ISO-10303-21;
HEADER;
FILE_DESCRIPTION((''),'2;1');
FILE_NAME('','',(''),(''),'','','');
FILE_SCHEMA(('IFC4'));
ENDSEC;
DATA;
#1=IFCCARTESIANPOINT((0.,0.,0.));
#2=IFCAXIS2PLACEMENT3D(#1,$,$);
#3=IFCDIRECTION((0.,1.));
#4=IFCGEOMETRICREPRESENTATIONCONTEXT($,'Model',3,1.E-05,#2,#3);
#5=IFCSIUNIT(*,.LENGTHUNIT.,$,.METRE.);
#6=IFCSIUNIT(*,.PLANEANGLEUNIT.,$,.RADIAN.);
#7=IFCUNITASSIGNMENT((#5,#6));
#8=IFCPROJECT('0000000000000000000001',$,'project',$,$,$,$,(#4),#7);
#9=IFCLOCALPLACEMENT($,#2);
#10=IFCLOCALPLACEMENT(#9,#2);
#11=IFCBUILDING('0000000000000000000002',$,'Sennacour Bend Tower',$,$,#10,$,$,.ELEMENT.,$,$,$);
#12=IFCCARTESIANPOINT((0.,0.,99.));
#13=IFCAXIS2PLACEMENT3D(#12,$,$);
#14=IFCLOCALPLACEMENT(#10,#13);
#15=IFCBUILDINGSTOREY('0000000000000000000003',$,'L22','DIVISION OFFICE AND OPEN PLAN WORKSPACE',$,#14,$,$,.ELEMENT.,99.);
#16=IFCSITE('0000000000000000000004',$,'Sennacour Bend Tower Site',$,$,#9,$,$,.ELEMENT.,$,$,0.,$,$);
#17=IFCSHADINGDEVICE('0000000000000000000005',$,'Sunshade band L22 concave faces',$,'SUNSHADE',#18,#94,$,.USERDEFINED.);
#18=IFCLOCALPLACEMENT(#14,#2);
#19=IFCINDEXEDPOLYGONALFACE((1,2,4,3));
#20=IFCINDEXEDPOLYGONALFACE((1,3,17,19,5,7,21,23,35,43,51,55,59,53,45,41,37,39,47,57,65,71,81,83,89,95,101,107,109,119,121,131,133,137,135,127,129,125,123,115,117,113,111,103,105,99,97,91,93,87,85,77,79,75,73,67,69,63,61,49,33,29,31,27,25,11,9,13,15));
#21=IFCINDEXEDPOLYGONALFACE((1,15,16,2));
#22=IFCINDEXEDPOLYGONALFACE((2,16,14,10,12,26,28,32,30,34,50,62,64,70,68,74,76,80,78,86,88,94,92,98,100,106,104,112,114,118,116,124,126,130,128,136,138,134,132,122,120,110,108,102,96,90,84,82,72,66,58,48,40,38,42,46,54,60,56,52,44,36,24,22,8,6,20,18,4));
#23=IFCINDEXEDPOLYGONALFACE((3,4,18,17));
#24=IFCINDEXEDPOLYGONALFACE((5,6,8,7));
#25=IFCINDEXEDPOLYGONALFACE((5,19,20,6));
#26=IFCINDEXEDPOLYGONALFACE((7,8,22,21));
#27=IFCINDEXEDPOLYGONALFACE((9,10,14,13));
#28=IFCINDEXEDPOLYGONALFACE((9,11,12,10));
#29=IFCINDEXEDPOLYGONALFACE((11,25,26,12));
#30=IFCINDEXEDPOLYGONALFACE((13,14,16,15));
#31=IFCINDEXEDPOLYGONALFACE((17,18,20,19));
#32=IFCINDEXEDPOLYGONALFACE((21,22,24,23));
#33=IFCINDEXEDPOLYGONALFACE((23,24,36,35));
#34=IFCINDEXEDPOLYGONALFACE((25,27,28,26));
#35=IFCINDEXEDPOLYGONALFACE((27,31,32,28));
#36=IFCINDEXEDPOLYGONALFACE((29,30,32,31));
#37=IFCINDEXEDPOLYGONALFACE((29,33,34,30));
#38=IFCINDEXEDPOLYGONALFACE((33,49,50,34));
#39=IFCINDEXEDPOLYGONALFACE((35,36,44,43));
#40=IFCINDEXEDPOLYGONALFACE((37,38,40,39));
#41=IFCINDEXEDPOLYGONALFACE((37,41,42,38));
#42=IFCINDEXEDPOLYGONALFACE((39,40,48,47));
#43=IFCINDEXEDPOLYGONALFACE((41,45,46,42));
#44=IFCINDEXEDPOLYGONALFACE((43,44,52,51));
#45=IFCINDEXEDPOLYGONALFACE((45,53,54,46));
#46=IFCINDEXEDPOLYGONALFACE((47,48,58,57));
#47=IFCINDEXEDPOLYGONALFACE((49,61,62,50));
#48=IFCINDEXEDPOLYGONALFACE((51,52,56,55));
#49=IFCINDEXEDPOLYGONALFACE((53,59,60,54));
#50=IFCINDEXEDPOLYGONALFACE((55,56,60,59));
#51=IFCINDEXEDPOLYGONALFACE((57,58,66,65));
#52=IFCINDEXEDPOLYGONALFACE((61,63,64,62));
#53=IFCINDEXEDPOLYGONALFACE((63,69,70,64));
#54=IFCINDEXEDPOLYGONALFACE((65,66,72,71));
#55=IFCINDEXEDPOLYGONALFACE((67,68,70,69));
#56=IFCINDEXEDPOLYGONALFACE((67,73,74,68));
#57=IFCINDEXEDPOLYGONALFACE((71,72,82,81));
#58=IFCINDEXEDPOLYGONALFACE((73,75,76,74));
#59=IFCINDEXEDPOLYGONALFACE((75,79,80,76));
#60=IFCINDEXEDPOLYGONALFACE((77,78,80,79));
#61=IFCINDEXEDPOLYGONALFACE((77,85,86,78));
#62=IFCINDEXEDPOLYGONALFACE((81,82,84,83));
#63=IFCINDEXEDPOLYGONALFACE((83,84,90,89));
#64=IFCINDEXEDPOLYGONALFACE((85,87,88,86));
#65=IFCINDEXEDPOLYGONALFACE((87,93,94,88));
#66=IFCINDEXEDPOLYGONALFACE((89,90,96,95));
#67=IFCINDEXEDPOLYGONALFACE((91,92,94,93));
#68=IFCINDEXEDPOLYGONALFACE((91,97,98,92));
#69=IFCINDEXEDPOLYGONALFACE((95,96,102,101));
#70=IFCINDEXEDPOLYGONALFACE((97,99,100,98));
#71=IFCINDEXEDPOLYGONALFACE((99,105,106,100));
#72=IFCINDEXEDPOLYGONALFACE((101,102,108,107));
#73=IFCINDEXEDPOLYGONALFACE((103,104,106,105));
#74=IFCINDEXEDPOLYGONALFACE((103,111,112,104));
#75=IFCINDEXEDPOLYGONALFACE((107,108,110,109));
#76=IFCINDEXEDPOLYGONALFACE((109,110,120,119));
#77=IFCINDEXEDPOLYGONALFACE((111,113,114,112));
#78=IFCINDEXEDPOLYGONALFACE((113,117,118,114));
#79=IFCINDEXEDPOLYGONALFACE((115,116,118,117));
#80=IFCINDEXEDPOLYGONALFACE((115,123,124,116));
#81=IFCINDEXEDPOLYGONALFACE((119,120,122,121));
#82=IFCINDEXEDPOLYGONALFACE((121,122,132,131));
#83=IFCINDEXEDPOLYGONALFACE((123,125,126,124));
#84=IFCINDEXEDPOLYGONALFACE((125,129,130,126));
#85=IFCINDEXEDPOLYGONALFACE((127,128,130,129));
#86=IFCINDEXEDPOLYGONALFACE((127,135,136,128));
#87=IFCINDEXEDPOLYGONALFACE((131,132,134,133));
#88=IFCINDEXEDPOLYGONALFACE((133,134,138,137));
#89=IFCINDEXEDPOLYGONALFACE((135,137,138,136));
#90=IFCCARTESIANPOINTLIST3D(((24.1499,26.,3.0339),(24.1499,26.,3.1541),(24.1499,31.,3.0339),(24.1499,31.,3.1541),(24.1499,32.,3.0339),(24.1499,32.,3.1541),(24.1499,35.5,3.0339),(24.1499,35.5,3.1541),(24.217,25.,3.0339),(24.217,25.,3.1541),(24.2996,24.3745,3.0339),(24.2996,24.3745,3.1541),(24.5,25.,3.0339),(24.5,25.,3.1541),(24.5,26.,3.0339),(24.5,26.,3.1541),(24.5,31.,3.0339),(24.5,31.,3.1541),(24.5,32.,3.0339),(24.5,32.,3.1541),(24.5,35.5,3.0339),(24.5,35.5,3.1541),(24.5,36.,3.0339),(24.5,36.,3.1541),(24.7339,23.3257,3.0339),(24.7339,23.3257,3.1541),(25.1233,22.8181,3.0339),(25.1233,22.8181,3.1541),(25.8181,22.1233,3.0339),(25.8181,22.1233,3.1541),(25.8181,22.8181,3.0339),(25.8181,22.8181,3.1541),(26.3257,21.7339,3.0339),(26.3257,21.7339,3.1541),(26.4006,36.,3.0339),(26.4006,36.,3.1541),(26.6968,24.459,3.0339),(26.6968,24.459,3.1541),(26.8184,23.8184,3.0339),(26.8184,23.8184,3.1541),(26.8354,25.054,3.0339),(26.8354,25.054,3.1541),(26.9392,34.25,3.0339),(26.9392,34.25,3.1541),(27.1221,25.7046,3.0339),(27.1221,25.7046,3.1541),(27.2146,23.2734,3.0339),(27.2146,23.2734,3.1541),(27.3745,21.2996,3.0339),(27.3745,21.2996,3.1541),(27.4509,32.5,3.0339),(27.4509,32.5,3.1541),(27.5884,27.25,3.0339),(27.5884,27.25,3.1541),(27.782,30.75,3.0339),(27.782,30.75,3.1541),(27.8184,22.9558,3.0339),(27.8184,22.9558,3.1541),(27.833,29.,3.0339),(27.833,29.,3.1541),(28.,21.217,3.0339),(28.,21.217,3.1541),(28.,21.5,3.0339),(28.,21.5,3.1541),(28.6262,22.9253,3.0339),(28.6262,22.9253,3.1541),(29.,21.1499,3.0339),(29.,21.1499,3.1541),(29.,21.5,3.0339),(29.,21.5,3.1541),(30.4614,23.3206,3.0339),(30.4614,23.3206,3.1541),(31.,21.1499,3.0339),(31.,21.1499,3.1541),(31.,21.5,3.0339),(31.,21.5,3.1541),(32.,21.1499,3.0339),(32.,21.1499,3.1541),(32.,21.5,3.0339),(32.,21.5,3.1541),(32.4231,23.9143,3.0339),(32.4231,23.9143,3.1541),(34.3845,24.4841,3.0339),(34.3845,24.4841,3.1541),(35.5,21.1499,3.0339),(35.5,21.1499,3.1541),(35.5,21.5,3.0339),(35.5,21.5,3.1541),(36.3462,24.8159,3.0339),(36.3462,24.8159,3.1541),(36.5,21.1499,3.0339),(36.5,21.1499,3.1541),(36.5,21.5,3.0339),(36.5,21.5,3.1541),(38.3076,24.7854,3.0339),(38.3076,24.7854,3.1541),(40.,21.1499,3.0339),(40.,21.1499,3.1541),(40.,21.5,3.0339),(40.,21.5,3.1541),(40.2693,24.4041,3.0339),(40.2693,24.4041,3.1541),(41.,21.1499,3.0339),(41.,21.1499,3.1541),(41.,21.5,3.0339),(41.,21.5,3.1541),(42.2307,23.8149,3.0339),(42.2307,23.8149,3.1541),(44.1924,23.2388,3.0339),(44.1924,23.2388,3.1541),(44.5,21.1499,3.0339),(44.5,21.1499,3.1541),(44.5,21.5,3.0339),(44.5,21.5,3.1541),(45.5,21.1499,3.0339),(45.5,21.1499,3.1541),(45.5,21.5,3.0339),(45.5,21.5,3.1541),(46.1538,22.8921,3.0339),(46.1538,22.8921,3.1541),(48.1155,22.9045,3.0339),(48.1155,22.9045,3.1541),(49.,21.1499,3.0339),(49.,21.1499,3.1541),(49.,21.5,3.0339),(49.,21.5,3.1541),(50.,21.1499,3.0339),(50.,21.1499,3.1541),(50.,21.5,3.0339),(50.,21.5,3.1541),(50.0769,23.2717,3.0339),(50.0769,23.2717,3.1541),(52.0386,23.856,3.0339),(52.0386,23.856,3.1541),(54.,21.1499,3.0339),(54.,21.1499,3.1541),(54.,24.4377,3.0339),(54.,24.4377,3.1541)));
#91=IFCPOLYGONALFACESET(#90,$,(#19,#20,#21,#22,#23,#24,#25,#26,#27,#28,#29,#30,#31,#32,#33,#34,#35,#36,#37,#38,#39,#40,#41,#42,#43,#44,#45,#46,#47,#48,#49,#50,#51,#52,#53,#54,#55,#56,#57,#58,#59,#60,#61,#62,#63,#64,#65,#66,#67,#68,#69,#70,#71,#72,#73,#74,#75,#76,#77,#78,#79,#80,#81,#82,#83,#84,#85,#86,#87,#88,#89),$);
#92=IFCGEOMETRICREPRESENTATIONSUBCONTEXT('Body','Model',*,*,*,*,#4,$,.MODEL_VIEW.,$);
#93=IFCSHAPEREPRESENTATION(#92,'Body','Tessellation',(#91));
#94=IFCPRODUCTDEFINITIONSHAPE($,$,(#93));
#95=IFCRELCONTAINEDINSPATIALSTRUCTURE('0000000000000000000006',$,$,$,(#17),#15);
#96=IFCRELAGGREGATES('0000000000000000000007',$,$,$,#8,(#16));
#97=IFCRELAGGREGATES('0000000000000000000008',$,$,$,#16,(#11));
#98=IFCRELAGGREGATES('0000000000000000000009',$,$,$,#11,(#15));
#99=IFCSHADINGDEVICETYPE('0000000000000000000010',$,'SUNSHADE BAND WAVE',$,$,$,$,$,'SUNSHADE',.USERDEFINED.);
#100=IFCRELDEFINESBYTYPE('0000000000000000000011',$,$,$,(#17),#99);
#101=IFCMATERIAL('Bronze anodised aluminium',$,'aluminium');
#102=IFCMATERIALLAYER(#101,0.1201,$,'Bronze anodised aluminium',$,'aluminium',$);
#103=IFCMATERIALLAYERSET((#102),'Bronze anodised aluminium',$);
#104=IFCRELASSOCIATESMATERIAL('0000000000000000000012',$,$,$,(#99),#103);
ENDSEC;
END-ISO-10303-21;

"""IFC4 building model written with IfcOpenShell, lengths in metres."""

from ifc_helpers import new_model, si_unit, direction, frame, origin, place, context, subcontext, project, spatial, polyline, outline, extrude, material, layer, layer_set, type_object, element, save


model = new_model("IFC4")

# Units and contexts
model_context = context("Model", 3, precision=1e-05, world=origin(), true_north=direction((0.0, 1.0)))
body_context = subcontext(model_context, "Body", "Model", "MODEL_VIEW")
ifc_project = project(units=[si_unit("LENGTHUNIT", "METRE"), si_unit("PLANEANGLEUNIT", "RADIAN")], contexts=[model_context])

# Site, building, storey
site_placement = place(None, origin())
site = spatial("IfcSite", under=ifc_project, at=site_placement, Name="Sennacour Bend Tower Site", CompositionType="ELEMENT", RefElevation=0.0)
building_placement = place(site_placement, origin())
building = spatial("IfcBuilding", under=site, at=building_placement, Name="Sennacour Bend Tower", CompositionType="ELEMENT")
storey_placement = place(building_placement, frame((0.0, 0.0, 99.0)))
storey = spatial("IfcBuildingStorey", under=building, at=storey_placement, Name="L22", Description="DIVISION OFFICE AND OPEN PLAN WORKSPACE", CompositionType="ELEMENT", Elevation=99.0)

# Shading device
ifc_material_1 = material(Name="Bronze anodised aluminium", Category="aluminium")
ifc_layer_1 = layer(ifc_material_1, 0.1201, Name="Bronze anodised aluminium", Category="aluminium")
ifc_layer_set_1 = layer_set([ifc_layer_1], Name="Bronze anodised aluminium")
shading_device_type_1 = type_object("IfcShadingDeviceType", Name="SUNSHADE BAND WAVE", ElementType="SUNSHADE", PredefinedType="USERDEFINED", material=ifc_layer_set_1)
shading_device_1_placement = place(storey_placement, frame((0.0, 0.0, 3.0339)))
element("IfcShadingDevice", 1, at=shading_device_1_placement, inside=storey, type_object=shading_device_type_1, Name="Sunshade band L22 concave faces", ObjectType="SUNSHADE", PredefinedType="USERDEFINED", context=body_context, shape_type="SweptSolid", body=[
    extrude(outline(polyline([(54.0, 21.1499), (50.0, 21.1499), (50.0, 21.5), (49.0, 21.5), (49.0, 21.1499), (45.5, 21.1499), (45.5, 21.5), (44.5, 21.5), (44.5, 21.1499), (41.0, 21.1499), (41.0, 21.5), (40.0, 21.5), (40.0, 21.1499), (36.5, 21.1499), (36.5, 21.5), (35.5, 21.5), (35.5, 21.1499), (32.0, 21.1499), (32.0, 21.5), (31.0, 21.5), (31.0, 21.1499), (29.0, 21.1499), (29.0, 21.5), (28.0, 21.5), (28.0, 21.217), (27.3745, 21.2996), (26.3257, 21.7339), (25.8181, 22.1233), (25.8181, 22.8181), (25.1233, 22.8181), (24.7339, 23.3257), (24.2996, 24.3745), (24.217, 25.0), (24.5, 25.0), (24.5, 26.0), (24.1499, 26.0), (24.1499, 31.0), (24.5, 31.0), (24.5, 32.0), (24.1499, 32.0), (24.1499, 35.5), (24.5, 35.5), (24.5, 36.0), (26.4006, 36.0), (26.9392, 34.25), (27.4509, 32.5), (27.782, 30.75), (27.833, 29.0), (27.5884, 27.25), (27.1221, 25.7046), (26.8354, 25.054), (26.6968, 24.459), (26.8184, 23.8184), (27.2146, 23.2734), (27.8184, 22.9558), (28.6262, 22.9253), (30.4614, 23.3206), (32.4231, 23.9143), (34.3845, 24.4841), (36.3462, 24.8159), (38.3076, 24.7854), (40.2693, 24.4041), (42.2307, 23.8149), (44.1924, 23.2388), (46.1538, 22.8921), (48.1155, 22.9045), (50.0769, 23.2717), (52.0386, 23.856), (54.0, 24.4377), (54.0, 21.1499)])), origin(), (0.0, 0.0, 1.0), 0.1201),
])

save(model, "model.ifc")
